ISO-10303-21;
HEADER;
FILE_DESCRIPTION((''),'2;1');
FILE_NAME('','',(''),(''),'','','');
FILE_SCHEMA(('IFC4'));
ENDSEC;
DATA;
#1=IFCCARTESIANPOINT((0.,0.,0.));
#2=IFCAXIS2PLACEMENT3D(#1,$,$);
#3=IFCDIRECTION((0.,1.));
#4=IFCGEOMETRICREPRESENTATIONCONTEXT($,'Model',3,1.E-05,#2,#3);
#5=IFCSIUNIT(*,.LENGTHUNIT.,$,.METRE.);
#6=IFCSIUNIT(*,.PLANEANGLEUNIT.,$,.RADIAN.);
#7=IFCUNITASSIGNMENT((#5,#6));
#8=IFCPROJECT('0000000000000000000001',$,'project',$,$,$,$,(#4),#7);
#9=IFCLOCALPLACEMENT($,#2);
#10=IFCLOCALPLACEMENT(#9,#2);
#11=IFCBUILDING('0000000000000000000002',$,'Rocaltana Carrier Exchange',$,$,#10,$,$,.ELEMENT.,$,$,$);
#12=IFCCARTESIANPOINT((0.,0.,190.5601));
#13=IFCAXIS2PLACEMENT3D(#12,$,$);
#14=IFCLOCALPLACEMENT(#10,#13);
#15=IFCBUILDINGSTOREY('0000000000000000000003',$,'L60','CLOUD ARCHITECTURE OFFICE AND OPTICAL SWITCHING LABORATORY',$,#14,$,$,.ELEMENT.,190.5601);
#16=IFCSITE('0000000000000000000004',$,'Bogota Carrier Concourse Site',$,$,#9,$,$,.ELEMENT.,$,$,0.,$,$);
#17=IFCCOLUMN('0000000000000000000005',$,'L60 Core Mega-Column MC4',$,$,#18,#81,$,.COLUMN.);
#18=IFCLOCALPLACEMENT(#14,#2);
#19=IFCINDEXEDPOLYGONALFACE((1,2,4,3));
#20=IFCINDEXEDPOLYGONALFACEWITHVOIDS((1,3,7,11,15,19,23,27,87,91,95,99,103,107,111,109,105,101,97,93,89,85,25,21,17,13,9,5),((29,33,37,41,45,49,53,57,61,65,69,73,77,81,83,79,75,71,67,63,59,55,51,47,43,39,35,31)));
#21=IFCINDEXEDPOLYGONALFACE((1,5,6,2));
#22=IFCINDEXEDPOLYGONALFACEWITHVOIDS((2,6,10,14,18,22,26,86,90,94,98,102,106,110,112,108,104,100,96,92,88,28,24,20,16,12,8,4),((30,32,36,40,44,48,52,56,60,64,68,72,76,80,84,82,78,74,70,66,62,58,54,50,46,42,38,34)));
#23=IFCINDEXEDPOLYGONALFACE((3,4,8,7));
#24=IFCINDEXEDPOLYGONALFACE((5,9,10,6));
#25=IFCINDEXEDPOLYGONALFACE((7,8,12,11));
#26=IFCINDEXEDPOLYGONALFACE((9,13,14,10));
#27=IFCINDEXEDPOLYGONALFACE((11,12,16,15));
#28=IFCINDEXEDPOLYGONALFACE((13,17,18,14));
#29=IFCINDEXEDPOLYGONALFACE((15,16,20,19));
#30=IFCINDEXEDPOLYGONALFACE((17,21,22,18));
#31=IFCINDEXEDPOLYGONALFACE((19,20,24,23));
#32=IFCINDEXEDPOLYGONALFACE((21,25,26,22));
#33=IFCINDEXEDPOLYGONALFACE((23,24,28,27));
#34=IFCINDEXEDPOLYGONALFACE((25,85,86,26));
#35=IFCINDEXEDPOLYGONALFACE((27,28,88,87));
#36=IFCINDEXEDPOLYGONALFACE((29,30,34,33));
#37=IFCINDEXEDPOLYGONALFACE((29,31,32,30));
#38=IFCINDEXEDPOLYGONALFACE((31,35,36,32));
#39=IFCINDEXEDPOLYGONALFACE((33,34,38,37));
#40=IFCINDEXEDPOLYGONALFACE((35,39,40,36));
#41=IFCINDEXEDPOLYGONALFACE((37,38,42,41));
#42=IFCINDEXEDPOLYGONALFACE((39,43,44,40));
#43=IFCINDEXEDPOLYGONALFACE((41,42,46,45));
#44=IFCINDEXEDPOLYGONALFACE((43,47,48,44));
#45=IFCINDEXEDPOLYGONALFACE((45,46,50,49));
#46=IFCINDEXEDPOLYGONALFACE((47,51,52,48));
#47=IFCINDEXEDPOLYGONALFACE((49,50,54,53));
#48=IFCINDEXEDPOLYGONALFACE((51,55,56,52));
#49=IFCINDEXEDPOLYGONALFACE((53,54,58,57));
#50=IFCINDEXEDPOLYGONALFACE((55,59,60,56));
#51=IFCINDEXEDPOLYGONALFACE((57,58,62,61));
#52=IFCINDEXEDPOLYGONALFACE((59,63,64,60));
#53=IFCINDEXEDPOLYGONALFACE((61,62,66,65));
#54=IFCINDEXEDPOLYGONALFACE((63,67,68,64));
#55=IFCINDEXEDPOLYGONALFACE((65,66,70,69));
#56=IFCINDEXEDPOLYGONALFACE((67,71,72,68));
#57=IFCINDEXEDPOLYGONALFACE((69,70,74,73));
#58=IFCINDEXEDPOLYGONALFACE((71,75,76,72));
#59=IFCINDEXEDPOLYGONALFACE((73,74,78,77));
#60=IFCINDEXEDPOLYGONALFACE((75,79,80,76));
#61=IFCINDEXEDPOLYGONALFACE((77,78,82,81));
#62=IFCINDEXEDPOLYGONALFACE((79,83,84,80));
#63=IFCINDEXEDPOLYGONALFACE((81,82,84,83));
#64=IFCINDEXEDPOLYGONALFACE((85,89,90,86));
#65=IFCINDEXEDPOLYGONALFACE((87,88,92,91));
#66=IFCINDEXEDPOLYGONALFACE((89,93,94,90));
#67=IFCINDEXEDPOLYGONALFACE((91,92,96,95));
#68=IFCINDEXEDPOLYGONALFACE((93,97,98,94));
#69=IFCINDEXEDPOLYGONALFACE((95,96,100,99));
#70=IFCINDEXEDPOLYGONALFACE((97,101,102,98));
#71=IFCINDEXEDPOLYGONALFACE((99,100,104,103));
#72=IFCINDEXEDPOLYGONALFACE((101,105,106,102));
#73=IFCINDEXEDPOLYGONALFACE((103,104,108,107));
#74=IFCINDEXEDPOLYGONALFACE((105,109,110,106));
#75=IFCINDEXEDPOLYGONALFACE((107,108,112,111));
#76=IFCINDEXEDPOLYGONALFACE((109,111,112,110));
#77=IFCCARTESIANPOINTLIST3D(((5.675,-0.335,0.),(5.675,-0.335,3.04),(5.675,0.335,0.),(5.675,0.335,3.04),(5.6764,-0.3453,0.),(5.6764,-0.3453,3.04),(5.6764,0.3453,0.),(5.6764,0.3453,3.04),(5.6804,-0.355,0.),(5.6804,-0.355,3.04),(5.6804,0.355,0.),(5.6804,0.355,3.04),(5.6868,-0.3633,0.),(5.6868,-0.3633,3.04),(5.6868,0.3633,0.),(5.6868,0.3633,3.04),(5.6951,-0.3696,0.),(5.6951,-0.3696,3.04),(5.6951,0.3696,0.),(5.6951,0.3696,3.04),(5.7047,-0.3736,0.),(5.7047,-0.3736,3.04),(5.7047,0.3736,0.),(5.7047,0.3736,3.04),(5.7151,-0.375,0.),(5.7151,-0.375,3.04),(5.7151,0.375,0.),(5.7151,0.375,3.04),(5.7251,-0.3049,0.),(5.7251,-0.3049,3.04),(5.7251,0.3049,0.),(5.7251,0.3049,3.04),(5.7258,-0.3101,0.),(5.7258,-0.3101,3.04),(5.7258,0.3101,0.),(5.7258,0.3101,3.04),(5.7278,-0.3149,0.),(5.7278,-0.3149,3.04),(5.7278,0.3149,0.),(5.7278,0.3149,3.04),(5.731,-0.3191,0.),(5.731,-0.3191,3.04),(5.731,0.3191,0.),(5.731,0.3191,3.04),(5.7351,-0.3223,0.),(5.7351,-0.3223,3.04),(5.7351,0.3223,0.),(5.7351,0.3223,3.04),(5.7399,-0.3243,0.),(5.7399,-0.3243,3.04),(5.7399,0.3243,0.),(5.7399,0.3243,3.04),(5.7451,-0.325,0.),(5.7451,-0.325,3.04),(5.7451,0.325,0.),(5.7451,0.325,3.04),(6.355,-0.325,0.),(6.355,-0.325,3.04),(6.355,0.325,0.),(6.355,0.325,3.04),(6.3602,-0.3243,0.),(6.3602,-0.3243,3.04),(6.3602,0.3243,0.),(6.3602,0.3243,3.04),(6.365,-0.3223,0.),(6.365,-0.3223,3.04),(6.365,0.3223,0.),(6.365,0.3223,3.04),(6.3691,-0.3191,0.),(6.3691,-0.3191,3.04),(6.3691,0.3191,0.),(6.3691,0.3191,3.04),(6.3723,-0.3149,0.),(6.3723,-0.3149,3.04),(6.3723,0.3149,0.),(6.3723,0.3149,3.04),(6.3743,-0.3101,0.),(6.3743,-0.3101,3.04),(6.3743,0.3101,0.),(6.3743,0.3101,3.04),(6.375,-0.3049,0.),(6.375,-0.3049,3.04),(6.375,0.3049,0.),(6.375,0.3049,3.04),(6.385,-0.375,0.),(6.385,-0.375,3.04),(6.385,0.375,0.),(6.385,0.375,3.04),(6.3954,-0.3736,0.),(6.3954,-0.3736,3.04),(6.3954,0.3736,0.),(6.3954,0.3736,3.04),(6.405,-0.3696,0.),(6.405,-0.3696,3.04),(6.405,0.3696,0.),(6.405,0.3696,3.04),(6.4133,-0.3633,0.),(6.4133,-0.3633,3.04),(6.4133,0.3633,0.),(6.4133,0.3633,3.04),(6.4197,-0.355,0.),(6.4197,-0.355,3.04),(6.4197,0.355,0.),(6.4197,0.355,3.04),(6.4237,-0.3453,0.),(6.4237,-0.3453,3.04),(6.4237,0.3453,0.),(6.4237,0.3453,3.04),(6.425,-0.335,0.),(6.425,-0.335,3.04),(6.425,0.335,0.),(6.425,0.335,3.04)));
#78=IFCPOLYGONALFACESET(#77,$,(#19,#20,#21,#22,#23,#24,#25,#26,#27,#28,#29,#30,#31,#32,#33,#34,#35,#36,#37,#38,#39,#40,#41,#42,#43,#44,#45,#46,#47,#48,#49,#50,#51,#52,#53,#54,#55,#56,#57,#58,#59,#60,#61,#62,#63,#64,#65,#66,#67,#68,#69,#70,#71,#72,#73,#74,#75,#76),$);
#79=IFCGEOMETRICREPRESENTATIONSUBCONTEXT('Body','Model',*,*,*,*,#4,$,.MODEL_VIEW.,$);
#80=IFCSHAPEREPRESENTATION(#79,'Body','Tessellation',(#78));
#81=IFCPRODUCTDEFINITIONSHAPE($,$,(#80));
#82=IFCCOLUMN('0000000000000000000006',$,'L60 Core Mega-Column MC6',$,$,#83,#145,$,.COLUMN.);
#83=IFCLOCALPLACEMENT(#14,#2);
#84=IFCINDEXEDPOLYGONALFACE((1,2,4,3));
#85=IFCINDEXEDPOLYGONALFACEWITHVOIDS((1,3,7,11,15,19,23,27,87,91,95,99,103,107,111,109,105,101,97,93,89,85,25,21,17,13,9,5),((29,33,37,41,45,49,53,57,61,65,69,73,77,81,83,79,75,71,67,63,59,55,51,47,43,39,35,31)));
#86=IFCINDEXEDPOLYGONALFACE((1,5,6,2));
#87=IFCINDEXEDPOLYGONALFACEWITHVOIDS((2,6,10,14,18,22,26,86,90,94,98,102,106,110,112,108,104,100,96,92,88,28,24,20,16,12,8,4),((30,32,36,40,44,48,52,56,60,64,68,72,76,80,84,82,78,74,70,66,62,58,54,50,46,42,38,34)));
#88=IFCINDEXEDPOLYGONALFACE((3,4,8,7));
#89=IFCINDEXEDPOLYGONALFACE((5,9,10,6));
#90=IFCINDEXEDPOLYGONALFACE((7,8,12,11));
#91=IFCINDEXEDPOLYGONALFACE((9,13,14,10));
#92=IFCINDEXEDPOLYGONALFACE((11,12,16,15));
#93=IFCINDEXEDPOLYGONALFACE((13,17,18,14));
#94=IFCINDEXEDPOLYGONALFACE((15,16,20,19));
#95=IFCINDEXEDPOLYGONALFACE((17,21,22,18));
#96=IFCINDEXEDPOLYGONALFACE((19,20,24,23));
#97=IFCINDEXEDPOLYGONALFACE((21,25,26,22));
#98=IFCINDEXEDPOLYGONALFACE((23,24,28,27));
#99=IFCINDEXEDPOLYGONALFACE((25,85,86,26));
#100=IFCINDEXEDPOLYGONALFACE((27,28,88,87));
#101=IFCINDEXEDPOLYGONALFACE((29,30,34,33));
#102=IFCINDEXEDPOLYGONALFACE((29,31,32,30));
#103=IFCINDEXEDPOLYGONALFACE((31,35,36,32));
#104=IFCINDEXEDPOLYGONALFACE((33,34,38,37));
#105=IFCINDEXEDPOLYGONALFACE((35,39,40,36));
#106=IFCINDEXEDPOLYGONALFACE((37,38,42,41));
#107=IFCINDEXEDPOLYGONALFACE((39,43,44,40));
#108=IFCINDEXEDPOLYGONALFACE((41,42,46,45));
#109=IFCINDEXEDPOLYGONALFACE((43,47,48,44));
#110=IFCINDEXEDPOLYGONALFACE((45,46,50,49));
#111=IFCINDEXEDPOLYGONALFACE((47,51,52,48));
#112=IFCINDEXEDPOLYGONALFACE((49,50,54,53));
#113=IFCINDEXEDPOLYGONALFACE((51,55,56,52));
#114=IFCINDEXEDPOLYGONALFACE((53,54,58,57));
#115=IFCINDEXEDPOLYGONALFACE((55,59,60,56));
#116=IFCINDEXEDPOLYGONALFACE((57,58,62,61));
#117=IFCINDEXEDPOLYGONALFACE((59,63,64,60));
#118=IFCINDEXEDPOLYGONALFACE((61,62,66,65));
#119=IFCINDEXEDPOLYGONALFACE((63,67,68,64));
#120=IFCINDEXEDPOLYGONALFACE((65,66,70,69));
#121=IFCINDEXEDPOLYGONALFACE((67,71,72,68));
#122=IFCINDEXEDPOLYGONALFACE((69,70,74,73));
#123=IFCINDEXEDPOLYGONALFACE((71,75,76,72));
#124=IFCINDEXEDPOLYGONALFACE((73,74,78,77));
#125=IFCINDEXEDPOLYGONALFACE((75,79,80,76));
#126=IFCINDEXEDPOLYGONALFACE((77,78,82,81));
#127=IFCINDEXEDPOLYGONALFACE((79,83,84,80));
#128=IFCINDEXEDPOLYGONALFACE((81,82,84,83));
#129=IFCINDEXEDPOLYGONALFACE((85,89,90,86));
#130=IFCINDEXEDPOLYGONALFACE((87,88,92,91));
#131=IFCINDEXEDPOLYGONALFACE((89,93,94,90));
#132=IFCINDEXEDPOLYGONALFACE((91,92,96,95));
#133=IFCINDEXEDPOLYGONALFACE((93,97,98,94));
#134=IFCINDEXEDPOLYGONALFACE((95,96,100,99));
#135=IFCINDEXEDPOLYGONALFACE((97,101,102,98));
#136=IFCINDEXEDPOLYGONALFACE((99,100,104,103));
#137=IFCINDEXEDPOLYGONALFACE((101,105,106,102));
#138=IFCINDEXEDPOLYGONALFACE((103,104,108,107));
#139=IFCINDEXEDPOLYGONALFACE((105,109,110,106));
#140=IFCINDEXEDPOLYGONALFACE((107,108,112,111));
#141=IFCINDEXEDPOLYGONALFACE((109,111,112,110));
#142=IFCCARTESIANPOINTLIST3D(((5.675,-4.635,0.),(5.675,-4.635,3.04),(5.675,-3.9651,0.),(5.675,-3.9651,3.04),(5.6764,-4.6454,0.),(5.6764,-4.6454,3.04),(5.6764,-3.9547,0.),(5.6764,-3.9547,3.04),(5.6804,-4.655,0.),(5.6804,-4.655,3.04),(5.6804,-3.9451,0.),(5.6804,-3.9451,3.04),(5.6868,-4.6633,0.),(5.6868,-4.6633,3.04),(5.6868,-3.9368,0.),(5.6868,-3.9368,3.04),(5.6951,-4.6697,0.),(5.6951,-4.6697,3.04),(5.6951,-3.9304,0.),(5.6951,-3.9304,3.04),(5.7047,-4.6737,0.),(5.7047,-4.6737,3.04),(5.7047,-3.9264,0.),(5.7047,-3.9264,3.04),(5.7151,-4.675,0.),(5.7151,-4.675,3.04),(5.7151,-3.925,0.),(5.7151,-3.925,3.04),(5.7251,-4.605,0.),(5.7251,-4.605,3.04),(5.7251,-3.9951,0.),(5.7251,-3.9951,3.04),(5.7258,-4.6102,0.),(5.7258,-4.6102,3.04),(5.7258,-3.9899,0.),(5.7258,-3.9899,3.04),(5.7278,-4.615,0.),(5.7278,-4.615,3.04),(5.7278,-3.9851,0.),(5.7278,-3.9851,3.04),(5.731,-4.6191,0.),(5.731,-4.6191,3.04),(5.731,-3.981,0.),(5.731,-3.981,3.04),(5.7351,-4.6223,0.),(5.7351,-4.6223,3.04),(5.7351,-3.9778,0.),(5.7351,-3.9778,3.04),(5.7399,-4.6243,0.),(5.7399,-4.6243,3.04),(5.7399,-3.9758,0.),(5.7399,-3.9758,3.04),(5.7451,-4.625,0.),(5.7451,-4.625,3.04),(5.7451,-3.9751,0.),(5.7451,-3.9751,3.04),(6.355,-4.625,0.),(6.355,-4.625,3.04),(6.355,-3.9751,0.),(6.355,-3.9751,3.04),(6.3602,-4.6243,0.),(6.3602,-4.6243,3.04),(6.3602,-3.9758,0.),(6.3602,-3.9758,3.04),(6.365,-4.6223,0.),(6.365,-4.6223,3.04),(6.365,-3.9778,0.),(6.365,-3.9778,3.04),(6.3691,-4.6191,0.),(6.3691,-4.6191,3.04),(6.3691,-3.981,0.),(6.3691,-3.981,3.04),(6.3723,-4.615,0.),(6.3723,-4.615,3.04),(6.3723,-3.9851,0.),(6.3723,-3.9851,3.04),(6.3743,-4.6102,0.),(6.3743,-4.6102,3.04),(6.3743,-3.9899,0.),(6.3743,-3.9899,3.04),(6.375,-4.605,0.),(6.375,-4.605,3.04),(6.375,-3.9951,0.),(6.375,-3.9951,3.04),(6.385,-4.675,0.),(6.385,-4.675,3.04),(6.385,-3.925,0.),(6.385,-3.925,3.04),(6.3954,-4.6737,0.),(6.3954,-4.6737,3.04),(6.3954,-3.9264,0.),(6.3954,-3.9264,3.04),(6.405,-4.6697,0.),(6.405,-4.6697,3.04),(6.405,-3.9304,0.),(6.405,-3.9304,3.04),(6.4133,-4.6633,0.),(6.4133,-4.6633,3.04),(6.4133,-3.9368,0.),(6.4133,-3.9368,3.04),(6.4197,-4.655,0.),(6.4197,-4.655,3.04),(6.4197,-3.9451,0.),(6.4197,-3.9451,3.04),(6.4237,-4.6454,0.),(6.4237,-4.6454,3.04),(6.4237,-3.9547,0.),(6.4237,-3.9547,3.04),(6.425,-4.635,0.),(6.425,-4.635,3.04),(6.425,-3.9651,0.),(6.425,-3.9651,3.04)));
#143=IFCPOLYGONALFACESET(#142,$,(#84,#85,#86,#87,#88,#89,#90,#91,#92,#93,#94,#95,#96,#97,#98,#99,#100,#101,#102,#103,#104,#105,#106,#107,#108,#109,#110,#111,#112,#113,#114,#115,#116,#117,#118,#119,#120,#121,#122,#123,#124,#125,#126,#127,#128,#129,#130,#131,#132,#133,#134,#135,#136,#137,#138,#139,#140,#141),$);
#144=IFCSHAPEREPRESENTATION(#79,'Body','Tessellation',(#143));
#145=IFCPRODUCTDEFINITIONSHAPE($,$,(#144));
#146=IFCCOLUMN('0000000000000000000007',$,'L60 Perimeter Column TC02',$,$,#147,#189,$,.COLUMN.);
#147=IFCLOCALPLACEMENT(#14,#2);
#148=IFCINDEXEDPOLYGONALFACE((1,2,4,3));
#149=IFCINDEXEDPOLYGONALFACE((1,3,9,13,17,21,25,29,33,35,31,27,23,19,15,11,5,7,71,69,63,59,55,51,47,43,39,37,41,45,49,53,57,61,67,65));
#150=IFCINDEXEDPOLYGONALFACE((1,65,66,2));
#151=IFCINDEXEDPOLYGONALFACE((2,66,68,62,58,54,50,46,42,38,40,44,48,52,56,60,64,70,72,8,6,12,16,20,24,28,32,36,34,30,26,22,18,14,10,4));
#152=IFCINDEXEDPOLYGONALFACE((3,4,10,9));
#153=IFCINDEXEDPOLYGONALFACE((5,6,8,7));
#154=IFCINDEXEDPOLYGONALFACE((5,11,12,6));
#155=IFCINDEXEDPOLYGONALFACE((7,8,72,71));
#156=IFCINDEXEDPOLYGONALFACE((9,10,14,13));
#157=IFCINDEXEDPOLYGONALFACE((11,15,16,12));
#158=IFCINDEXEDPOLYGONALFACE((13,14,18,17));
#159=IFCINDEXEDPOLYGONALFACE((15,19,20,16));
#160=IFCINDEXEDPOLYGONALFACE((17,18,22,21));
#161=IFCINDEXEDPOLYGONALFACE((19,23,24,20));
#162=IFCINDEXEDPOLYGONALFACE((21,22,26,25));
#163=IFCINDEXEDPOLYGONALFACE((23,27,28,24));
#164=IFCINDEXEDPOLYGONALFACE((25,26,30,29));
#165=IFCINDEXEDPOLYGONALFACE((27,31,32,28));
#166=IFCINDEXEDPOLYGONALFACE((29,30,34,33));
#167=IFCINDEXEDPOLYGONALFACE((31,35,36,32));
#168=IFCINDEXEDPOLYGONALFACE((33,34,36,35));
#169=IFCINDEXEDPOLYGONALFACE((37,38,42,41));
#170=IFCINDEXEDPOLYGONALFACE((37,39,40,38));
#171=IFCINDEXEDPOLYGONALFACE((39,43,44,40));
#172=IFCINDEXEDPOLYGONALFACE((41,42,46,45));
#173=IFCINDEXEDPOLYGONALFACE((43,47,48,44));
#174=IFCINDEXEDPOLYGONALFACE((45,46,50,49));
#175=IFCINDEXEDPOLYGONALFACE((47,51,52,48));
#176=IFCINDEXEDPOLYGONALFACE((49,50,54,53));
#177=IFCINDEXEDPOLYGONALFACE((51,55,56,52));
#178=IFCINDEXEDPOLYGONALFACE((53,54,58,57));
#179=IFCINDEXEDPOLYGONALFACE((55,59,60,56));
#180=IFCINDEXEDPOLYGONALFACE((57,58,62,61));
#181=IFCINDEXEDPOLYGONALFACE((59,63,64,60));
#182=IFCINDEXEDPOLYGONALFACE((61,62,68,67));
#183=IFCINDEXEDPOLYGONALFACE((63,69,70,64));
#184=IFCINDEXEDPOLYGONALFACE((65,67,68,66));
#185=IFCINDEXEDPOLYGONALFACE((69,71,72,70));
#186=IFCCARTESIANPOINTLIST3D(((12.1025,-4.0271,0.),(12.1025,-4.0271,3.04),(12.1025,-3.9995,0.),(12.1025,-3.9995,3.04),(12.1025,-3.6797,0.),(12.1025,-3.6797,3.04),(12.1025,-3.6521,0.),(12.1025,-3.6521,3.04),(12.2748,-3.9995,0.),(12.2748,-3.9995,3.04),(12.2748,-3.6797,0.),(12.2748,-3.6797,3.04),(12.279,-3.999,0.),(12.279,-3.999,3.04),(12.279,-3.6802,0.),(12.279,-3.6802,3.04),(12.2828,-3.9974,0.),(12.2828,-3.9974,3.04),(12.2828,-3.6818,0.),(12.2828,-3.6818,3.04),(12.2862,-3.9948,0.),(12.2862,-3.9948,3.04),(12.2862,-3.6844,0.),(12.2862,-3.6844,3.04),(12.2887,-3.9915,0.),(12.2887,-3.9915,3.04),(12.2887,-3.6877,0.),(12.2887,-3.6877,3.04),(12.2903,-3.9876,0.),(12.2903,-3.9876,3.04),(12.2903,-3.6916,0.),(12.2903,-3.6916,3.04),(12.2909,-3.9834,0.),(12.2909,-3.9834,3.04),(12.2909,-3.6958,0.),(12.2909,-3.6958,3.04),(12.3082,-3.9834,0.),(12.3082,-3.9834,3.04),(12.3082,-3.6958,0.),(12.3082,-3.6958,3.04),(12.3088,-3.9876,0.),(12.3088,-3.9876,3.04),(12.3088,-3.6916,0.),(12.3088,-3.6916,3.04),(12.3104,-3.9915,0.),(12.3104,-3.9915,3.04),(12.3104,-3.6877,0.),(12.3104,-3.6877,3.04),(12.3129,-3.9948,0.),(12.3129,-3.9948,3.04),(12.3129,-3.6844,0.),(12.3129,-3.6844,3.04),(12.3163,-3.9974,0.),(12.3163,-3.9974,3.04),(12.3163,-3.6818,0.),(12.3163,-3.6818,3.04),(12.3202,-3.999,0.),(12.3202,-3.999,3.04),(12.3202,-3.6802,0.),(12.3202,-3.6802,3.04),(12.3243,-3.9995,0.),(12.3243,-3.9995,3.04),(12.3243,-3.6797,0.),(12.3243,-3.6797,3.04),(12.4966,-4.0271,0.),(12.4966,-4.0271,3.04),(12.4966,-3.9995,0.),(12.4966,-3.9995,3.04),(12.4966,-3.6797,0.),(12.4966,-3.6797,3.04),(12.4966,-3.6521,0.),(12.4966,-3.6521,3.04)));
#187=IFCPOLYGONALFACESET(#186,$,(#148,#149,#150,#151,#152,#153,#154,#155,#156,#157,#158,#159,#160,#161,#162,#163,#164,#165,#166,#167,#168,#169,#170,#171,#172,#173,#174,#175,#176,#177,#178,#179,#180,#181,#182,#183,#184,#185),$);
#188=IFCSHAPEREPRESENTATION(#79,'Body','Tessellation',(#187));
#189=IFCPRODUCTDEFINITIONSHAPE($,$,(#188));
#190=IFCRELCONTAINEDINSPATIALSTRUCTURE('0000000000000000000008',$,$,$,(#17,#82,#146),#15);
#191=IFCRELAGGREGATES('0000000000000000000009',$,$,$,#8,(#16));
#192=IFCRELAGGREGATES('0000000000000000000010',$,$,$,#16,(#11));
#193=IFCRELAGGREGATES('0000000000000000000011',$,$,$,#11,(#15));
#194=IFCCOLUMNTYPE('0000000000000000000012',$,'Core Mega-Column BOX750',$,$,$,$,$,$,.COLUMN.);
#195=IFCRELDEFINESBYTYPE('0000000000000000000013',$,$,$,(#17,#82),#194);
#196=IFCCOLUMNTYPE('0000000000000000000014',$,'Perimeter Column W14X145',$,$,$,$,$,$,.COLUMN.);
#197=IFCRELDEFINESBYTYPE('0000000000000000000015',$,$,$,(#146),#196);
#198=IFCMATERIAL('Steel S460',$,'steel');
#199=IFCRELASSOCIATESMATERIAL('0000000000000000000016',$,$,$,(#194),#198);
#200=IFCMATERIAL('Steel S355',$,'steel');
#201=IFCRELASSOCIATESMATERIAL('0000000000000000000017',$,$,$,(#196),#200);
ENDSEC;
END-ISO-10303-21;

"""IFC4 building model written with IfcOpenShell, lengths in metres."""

from ifc_helpers import new_model, si_unit, direction, frame, origin, origin_2d, place, context, subcontext, project, spatial, hollow_rectangle, i_section, extrude, material, material_profile, profile_set, type_object, element, save


model = new_model("IFC4")

# Units and contexts
model_context = context("Model", 3, precision=1e-05, world=origin(), true_north=direction((0.0, 1.0)))
body_context = subcontext(model_context, "Body", "Model", "MODEL_VIEW")
ifc_project = project(units=[si_unit("LENGTHUNIT", "METRE"), si_unit("PLANEANGLEUNIT", "RADIAN")], contexts=[model_context])

# Site, building, storey
site_placement = place(None, origin())
site = spatial("IfcSite", under=ifc_project, at=site_placement, Name="Bogota Carrier Concourse Site", CompositionType="ELEMENT", RefElevation=0.0)
building_placement = place(site_placement, origin())
building = spatial("IfcBuilding", under=site, at=building_placement, Name="Rocaltana Carrier Exchange", CompositionType="ELEMENT")
storey_placement = place(building_placement, frame((0.0, 0.0, 190.5601)))
storey = spatial("IfcBuildingStorey", under=building, at=storey_placement, Name="L60", Description="CLOUD ARCHITECTURE OFFICE AND OPTICAL SWITCHING LABORATORY", CompositionType="ELEMENT", Elevation=190.5601)

# Columns
ifc_material_1 = material(Name="Steel S460", Category="steel")
ifc_material_profile_1 = material_profile(ifc_material_1, hollow_rectangle(XDim=0.75, YDim=0.75, WallThickness=0.05, InnerFilletRadius=0.02, OuterFilletRadius=0.04, at=origin_2d()), Name="BOX750X750X50")
ifc_profile_set_1 = profile_set([ifc_material_profile_1], Name="Steel S460")
column_type_1 = type_object("IfcColumnType", Name="Core Mega-Column BOX750", PredefinedType="COLUMN", material=ifc_profile_set_1)
for number, where, z_axis, x_axis, name in (
    (1, (6.05, 0.0, 0.0), (0.0, 0.0, 1.0), (1.0, 0.0, 0.0), "L60 Core Mega-Column MC4"),
    (2, (6.05, -4.3, 0.0), (0.0, 0.0, 1.0), (1.0, 0.0, 0.0), "L60 Core Mega-Column MC6"),
):
    element("IfcColumn", number, at=place(storey_placement, frame(where, z_axis=z_axis, x_axis=x_axis)), inside=storey, type_object=column_type_1, Name=name, PredefinedType="COLUMN", context=body_context, shape_type="SweptSolid", body=[
        extrude(hollow_rectangle(XDim=0.75, YDim=0.75, WallThickness=0.05, InnerFilletRadius=0.02, OuterFilletRadius=0.04, at=origin_2d()), origin(), (0.0, 0.0, 1.0), 3.04),
    ])
ifc_material_2 = material(Name="Steel S355", Category="steel")
ifc_material_profile_2 = material_profile(ifc_material_2, i_section(OverallWidth=0.394, OverallDepth=0.375, WebThickness=0.0173, FlangeThickness=0.0276, FilletRadius=0.0161, at=origin_2d()), Name="W14X145")
ifc_profile_set_2 = profile_set([ifc_material_profile_2], Name="Steel S355")
column_type_2 = type_object("IfcColumnType", Name="Perimeter Column W14X145", PredefinedType="COLUMN", material=ifc_profile_set_2)
column_placement = place(storey_placement, frame((12.2996, -3.8396, 0.0), z_axis=(0.0, 0.0, 1.0), x_axis=(1.0, 0.0, 0.0)))
element("IfcColumn", 3, at=column_placement, inside=storey, type_object=column_type_2, Name="L60 Perimeter Column TC02", PredefinedType="COLUMN", context=body_context, shape_type="SweptSolid", body=[
    extrude(i_section(OverallWidth=0.394, OverallDepth=0.375, WebThickness=0.0173, FlangeThickness=0.0276, FilletRadius=0.0161, at=origin_2d()), origin(), (0.0, 0.0, 1.0), 3.04),
])

save(model, "model.ifc")
